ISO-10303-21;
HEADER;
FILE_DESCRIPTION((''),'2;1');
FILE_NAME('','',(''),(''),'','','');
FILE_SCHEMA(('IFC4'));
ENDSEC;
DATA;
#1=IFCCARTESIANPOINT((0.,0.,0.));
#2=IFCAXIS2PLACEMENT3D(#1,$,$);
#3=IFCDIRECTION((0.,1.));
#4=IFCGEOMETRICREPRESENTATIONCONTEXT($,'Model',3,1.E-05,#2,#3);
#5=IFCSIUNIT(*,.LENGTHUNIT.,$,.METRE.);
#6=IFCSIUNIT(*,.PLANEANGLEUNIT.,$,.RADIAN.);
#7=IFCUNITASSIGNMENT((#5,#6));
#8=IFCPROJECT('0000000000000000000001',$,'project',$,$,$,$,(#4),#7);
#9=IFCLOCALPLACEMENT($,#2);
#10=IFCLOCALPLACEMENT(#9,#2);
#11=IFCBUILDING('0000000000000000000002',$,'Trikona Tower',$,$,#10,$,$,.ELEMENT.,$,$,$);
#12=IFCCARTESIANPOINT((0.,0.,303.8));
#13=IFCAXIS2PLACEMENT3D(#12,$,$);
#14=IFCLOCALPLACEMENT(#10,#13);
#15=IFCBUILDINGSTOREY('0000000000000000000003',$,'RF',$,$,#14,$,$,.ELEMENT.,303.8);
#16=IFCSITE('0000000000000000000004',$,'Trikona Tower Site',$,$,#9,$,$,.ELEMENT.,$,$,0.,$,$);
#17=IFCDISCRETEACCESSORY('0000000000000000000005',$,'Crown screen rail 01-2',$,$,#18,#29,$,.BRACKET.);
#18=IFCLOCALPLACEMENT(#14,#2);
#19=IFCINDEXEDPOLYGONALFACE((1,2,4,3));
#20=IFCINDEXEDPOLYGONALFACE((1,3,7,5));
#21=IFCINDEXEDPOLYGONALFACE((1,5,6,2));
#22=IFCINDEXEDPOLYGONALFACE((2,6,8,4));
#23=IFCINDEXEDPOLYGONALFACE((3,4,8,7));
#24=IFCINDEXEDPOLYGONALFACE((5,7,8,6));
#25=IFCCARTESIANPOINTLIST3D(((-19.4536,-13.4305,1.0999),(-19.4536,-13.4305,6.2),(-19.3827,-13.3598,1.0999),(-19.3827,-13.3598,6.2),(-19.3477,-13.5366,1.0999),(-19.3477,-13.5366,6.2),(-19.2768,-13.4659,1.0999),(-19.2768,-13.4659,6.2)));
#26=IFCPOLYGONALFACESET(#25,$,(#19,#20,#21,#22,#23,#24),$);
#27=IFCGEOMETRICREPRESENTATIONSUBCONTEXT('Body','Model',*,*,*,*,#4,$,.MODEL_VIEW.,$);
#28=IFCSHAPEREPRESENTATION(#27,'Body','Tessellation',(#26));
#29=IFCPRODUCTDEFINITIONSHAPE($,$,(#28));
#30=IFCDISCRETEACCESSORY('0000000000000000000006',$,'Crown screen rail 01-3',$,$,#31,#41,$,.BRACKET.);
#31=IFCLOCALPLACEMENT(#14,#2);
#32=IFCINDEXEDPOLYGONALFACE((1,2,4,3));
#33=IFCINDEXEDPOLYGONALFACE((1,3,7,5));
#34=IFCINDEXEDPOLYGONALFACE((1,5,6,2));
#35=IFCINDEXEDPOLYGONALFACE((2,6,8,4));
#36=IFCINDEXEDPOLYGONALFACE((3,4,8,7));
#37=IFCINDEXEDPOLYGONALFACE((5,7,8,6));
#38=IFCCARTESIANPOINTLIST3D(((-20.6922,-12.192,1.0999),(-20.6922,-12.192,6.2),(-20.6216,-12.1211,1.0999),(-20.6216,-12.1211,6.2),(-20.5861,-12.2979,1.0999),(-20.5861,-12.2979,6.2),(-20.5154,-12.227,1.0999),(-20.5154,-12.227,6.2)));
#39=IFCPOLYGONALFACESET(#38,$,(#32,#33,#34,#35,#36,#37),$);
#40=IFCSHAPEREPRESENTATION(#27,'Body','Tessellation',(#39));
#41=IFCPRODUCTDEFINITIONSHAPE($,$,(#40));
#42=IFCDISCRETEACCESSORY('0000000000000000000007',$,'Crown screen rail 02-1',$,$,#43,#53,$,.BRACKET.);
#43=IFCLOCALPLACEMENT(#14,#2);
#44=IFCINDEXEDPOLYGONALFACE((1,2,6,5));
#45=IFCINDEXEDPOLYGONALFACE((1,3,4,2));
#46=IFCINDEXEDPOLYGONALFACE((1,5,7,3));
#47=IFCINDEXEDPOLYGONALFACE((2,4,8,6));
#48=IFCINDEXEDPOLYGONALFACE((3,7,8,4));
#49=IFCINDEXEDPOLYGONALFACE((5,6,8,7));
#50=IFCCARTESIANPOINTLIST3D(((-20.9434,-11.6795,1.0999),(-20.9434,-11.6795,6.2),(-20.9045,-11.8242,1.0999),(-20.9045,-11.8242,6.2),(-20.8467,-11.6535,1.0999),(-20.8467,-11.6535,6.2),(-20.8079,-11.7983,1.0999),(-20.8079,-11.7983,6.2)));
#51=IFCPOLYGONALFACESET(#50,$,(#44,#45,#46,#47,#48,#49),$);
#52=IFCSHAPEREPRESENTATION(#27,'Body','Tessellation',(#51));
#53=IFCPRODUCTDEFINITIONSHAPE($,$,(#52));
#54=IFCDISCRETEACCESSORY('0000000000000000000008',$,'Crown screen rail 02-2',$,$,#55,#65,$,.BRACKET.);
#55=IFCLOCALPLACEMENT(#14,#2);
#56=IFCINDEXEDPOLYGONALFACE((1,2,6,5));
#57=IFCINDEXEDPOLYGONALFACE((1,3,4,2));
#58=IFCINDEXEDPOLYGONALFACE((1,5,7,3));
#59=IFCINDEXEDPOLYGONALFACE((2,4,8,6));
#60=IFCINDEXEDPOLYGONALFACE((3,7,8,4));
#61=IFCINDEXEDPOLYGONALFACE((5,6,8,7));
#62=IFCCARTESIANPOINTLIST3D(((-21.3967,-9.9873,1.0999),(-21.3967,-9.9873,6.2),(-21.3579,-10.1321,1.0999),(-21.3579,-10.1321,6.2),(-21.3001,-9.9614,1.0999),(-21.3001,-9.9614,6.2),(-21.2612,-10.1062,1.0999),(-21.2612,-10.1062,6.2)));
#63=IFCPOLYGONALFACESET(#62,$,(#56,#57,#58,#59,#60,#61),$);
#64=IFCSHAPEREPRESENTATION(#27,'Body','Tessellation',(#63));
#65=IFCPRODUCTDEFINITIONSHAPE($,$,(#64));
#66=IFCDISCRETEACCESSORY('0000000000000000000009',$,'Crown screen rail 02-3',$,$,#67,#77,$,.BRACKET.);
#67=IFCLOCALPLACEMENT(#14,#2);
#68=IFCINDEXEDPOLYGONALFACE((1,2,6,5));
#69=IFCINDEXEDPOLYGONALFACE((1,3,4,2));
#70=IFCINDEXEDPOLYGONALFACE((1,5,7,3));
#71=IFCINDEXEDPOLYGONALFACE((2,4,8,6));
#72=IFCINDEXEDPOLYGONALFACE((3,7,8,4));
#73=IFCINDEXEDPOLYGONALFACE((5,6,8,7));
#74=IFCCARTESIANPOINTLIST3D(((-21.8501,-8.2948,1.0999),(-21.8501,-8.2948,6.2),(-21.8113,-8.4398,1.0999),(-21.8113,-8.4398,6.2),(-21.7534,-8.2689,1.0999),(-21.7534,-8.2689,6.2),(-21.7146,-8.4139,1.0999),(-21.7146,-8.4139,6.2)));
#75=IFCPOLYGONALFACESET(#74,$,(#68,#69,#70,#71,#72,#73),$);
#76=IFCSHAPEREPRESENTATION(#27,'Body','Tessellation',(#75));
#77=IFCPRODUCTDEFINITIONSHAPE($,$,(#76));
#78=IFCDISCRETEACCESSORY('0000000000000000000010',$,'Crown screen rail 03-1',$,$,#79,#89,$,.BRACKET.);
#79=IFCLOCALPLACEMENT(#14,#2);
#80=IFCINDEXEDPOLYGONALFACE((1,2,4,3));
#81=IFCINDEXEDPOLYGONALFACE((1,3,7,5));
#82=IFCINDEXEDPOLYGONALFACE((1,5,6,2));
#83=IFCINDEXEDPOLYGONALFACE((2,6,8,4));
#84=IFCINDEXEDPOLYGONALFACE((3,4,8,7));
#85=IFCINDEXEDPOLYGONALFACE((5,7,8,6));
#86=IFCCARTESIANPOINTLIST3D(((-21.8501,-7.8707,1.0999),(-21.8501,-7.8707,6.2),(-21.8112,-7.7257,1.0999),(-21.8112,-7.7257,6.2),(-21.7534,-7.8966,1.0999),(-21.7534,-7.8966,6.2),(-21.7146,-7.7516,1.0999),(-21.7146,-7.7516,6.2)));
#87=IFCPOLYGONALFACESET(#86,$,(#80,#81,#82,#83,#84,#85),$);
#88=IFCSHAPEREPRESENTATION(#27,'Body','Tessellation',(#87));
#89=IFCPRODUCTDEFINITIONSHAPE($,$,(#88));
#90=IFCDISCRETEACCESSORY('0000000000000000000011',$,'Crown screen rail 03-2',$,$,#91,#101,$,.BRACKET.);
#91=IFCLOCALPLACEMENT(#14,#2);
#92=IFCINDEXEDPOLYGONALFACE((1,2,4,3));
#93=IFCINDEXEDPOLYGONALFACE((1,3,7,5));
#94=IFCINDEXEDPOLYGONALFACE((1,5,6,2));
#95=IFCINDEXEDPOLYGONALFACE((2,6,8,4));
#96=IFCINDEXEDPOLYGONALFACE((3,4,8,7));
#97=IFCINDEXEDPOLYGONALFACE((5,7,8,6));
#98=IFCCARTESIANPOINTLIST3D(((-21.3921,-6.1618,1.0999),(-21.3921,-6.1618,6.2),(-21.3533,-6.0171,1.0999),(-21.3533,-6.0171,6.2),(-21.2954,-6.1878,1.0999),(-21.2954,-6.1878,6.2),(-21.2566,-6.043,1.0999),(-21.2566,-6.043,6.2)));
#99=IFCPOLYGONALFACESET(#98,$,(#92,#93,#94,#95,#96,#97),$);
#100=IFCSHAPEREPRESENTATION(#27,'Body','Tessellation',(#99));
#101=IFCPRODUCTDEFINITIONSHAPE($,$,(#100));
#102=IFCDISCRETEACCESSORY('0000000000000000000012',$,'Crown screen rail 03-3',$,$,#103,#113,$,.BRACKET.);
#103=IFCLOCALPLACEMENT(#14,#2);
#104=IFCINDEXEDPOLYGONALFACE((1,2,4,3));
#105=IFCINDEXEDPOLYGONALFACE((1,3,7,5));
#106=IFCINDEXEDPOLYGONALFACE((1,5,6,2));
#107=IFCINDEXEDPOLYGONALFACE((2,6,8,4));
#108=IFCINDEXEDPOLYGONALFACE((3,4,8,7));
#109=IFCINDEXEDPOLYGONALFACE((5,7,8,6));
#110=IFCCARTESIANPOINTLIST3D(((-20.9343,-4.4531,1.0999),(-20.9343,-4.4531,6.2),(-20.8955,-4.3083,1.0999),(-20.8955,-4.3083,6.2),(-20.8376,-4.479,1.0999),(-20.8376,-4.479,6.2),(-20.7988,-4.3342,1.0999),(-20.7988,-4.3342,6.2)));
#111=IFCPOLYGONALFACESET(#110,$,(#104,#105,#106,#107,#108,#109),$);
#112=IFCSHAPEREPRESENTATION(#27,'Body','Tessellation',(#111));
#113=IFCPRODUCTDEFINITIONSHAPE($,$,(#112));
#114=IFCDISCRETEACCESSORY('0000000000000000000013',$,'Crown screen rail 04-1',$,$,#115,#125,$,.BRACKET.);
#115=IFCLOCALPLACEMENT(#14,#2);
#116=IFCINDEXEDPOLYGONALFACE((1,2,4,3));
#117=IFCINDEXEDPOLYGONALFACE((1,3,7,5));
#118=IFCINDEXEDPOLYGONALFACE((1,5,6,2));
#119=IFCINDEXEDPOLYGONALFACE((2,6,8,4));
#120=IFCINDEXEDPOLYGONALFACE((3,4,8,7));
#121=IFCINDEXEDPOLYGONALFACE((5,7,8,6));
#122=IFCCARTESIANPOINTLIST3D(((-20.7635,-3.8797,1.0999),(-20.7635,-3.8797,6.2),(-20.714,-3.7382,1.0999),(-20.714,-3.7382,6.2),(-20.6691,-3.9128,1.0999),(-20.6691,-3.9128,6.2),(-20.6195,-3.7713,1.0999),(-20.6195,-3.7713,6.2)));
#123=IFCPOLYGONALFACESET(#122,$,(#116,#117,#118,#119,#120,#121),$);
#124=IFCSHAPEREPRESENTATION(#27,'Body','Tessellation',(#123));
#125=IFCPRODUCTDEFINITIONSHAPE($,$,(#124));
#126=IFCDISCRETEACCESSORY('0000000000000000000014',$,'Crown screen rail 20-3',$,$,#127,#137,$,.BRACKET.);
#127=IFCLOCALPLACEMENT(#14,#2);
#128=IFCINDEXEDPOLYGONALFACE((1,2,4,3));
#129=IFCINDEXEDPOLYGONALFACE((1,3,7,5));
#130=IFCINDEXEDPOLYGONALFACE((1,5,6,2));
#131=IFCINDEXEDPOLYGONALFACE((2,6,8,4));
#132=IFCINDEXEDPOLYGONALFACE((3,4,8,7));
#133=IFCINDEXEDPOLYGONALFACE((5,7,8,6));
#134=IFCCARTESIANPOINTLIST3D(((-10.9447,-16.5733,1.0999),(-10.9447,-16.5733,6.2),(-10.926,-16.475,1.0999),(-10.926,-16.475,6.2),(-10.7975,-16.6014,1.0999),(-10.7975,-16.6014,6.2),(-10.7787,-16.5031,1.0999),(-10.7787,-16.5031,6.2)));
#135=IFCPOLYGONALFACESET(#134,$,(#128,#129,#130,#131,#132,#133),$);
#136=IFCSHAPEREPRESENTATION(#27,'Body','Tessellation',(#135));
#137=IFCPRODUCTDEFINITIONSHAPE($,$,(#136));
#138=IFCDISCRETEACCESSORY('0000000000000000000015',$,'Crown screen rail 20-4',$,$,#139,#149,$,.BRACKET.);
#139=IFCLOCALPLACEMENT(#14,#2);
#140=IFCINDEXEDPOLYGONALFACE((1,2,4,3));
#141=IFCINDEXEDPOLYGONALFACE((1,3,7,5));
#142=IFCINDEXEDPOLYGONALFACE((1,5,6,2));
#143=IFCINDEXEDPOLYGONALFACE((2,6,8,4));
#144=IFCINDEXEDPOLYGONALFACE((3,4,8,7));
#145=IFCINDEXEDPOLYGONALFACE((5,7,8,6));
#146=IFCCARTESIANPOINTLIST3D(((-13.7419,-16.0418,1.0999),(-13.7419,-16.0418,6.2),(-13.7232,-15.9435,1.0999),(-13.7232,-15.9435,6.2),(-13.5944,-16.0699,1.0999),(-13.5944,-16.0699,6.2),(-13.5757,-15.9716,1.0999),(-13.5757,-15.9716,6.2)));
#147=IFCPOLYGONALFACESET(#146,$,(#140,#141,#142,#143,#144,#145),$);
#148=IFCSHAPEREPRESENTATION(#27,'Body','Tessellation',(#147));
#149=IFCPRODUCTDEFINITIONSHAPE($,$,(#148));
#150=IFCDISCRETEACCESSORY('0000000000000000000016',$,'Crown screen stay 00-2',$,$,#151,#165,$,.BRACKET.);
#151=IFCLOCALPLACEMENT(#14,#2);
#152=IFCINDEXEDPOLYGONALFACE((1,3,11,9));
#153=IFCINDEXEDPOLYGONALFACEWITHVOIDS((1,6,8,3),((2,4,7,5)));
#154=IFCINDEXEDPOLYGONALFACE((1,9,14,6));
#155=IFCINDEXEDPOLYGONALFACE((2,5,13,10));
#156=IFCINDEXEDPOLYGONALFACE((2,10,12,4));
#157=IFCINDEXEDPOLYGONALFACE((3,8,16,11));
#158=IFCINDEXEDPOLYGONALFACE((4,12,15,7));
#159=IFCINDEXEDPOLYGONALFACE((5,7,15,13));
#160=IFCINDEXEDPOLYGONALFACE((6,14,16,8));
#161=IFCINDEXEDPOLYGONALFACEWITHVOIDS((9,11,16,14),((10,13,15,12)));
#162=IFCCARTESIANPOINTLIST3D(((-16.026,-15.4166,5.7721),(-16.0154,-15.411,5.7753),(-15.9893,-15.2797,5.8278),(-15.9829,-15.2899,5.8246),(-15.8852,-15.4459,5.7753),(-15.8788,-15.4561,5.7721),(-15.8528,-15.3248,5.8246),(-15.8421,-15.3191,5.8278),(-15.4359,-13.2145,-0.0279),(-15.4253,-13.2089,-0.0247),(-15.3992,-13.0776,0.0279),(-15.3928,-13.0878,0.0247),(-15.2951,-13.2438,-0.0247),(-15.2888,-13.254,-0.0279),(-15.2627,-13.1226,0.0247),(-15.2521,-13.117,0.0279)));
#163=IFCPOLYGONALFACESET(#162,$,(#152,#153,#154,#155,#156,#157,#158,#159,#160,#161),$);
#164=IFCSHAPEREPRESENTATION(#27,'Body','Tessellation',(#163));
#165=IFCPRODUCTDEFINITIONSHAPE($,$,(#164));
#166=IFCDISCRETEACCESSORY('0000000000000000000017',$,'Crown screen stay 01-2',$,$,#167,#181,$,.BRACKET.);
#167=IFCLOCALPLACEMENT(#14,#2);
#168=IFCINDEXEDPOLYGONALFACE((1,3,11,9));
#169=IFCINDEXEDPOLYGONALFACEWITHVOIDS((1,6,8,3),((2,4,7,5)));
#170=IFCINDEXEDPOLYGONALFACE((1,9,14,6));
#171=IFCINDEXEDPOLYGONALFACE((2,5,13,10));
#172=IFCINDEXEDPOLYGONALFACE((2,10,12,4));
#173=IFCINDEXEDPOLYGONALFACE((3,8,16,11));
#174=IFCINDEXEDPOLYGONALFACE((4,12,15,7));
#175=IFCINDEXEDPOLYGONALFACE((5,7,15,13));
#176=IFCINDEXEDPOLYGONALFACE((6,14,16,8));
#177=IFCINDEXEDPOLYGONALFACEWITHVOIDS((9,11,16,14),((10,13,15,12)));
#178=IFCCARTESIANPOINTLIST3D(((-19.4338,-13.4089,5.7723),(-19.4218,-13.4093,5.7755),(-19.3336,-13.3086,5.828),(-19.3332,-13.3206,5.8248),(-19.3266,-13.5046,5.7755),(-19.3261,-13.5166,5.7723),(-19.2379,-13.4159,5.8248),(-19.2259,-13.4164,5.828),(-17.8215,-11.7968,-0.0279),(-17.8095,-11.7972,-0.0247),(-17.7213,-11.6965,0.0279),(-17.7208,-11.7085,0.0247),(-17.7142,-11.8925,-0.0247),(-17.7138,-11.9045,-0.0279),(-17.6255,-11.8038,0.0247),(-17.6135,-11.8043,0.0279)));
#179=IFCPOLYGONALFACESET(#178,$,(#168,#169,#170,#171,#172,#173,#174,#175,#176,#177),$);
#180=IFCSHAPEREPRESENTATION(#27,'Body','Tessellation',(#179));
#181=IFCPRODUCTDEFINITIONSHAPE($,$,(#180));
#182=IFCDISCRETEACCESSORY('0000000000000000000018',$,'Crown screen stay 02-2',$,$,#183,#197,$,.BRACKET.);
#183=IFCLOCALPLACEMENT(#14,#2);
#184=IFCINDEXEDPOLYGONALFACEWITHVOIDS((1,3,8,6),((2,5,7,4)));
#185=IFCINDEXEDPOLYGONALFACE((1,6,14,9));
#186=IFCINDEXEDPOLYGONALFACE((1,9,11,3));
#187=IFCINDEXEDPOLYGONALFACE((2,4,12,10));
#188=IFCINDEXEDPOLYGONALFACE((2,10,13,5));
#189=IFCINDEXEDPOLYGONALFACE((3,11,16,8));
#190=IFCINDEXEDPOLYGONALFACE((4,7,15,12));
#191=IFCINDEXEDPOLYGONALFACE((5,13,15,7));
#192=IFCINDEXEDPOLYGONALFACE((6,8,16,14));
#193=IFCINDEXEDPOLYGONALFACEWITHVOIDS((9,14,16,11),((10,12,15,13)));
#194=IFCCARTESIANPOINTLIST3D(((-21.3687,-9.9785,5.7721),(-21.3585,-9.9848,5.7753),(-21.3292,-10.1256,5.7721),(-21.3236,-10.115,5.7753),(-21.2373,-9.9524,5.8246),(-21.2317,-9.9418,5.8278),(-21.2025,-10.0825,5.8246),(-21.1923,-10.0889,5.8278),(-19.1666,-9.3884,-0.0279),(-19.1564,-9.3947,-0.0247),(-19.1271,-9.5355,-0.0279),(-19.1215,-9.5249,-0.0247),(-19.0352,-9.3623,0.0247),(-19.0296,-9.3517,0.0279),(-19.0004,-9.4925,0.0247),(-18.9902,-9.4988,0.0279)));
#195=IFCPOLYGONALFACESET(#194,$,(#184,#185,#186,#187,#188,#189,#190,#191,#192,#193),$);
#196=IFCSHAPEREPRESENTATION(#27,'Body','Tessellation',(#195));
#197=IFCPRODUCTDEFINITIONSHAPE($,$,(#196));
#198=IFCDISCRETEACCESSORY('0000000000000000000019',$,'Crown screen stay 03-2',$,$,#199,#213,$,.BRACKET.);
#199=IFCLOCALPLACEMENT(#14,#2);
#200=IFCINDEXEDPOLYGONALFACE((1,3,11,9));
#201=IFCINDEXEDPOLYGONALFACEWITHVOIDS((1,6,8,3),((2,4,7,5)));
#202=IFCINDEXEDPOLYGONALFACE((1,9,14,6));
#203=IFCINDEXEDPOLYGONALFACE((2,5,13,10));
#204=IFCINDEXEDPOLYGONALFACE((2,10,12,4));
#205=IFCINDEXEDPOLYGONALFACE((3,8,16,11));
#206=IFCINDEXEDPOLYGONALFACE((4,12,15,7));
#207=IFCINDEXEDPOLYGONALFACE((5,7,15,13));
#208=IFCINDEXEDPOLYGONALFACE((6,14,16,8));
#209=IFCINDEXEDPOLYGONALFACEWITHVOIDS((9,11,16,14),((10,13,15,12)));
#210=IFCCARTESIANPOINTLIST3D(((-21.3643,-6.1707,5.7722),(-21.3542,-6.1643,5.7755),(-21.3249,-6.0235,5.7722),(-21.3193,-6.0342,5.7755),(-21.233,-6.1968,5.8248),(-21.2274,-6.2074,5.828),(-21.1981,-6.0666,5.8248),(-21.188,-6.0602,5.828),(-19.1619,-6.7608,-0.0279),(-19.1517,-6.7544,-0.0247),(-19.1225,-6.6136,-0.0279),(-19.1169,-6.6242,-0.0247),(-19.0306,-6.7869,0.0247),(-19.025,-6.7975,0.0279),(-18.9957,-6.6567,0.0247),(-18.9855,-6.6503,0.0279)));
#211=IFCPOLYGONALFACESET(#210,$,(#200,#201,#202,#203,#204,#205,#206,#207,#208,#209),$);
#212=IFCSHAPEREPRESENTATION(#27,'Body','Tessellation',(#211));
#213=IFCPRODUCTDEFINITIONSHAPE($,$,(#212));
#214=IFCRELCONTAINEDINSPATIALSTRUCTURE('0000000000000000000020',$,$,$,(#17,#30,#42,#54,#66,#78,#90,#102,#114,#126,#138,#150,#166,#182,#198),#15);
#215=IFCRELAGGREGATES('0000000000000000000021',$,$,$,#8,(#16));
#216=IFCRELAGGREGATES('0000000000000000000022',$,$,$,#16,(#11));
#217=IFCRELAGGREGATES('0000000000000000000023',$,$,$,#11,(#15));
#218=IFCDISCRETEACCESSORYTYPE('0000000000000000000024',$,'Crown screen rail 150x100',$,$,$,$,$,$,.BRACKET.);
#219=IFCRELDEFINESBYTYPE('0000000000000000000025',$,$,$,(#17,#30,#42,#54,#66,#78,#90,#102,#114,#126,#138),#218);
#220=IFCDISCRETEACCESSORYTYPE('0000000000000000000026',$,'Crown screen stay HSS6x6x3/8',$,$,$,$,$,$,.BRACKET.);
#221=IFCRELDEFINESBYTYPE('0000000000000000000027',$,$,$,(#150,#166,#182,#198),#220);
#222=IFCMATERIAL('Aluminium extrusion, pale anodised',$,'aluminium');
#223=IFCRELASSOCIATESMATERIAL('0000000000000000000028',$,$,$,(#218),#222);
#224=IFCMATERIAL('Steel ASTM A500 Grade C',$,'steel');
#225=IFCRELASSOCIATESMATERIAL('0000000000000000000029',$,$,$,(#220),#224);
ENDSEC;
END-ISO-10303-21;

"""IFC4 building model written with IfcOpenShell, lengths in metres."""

from ifc_helpers import new_model, si_unit, direction, frame, frame_2d, origin, origin_2d, place, context, subcontext, project, spatial, rectangle, hollow_rectangle, extrude, material, material_profile, profile_set, type_object, element, save


model = new_model("IFC4")

# Units and contexts
model_context = context("Model", 3, precision=1e-05, world=origin(), true_north=direction((0.0, 1.0)))
body_context = subcontext(model_context, "Body", "Model", "MODEL_VIEW")
ifc_project = project(units=[si_unit("LENGTHUNIT", "METRE"), si_unit("PLANEANGLEUNIT", "RADIAN")], contexts=[model_context])

# Site, building, storey
site_placement = place(None, origin())
site = spatial("IfcSite", under=ifc_project, at=site_placement, Name="Trikona Tower Site", CompositionType="ELEMENT", RefElevation=0.0)
building_placement = place(site_placement, origin())
building = spatial("IfcBuilding", under=site, at=building_placement, Name="Trikona Tower", CompositionType="ELEMENT")
storey_placement = place(building_placement, frame((0.0, 0.0, 303.8)))
storey = spatial("IfcBuildingStorey", under=building, at=storey_placement, Name="RF", CompositionType="ELEMENT", Elevation=303.8)

# Discrete accessories
ifc_material_1 = material(Name="Aluminium extrusion, pale anodised", Category="aluminium")
discrete_accessory_type_1 = type_object("IfcDiscreteAccessoryType", Name="Crown screen rail 150x100", PredefinedType="BRACKET", material=ifc_material_1)
for number, where, z_axis, x_axis, name in (
    (1, (-19.3123, -13.5012, 1.0999), (0.0, 0.0, 1.0), (-0.706293, 0.70792, 0.0), "Crown screen rail 01-2"),
    (2, (-20.5508, -12.2625, 1.0999), (0.0, 0.0, 1.0), (-0.70792, 0.706293, 0.0), "Crown screen rail 01-3"),
    (3, (-20.8562, -11.8113, 1.0999), (0.0, 0.0, 1.0), (-0.25898, 0.965883, 0.0), "Crown screen rail 02-1"),
    (4, (-21.3096, -10.1191, 1.0999), (0.0, 0.0, 1.0), (-0.25898, 0.965883, 0.0), "Crown screen rail 02-2"),
):
    element("IfcDiscreteAccessory", number, at=place(storey_placement, frame(where, z_axis=z_axis, x_axis=x_axis)), inside=storey, type_object=discrete_accessory_type_1, Name=name, PredefinedType="BRACKET", context=body_context, shape_type="SweptSolid", body=[
        extrude(rectangle(XDim=0.1499, YDim=0.1001, at=frame_2d((0.075, 0.0))), origin(), (0.0, 0.0, 1.0), 5.1001),
    ])
for number, where, z_axis, x_axis, name in (
    (5, (-21.7629, -8.427, 1.0999), (0.0, 0.0, 1.0), (-0.258574, 0.965992, 0.0), "Crown screen rail 02-3"),
    (6, (-21.8018, -7.8838, 1.0999), (0.0, 0.0, 1.0), (0.258574, 0.965992, 0.0), "Crown screen rail 03-1"),
):
    element("IfcDiscreteAccessory", number, at=place(storey_placement, frame(where, z_axis=z_axis, x_axis=x_axis)), inside=storey, type_object=discrete_accessory_type_1, Name=name, PredefinedType="BRACKET", context=body_context, shape_type="SweptSolid", body=[
        extrude(rectangle(XDim=0.1501, YDim=0.1001, at=frame_2d((0.0752, 0.0))), origin(), (0.0, 0.0, 1.0), 5.1001),
    ])
for number, where, z_axis, x_axis, name in (
    (7, (-21.3438, -6.1748, 1.0999), (0.0, 0.0, 1.0), (0.25898, 0.965883, 0.0), "Crown screen rail 03-2"),
    (8, (-20.886, -4.4661, 1.0999), (0.0, 0.0, 1.0), (0.25898, 0.965883, 0.0), "Crown screen rail 03-3"),
    (9, (-20.7163, -3.8962, 1.0999), (0.0, 0.0, 1.0), (0.33035, 0.943858, 0.0), "Crown screen rail 04-1"),
    (10, (-10.7881, -16.5522, 1.0999), (0.0, 0.0, 1.0), (-0.982296, 0.187337, 0.0), "Crown screen rail 20-3"),
):
    element("IfcDiscreteAccessory", number, at=place(storey_placement, frame(where, z_axis=z_axis, x_axis=x_axis)), inside=storey, type_object=discrete_accessory_type_1, Name=name, PredefinedType="BRACKET", context=body_context, shape_type="SweptSolid", body=[
        extrude(rectangle(XDim=0.1499, YDim=0.1001, at=frame_2d((0.075, 0.0))), origin(), (0.0, 0.0, 1.0), 5.1001),
    ])
discrete_accessory_1_placement = place(storey_placement, frame((-13.585, -16.0208, 1.0999), z_axis=(0.0, 0.0, 1.0), x_axis=(-0.982353, 0.187037, 0.0)))
element("IfcDiscreteAccessory", 11, at=discrete_accessory_1_placement, inside=storey, type_object=discrete_accessory_type_1, Name="Crown screen rail 20-4", PredefinedType="BRACKET", context=body_context, shape_type="SweptSolid", body=[
    extrude(rectangle(XDim=0.1501, YDim=0.1001, at=frame_2d((0.0752, 0.0))), origin(), (0.0, 0.0, 1.0), 5.1001),
])
ifc_material_2 = material(Name="Steel ASTM A500 Grade C", Category="steel")
ifc_material_profile_1 = material_profile(ifc_material_2, hollow_rectangle(XDim=0.1523, YDim=0.1523, WallThickness=0.0088, at=origin_2d()), Name="HSS6X6X3/8")
ifc_profile_set_1 = profile_set([ifc_material_profile_1], Name="Steel ASTM A500 Grade C")
discrete_accessory_type_2 = type_object("IfcDiscreteAccessoryType", Name="Crown screen stay HSS6x6x3/8", PredefinedType="BRACKET", material=ifc_profile_set_1)
discrete_accessory_2_placement = place(storey_placement, frame((-15.344, -13.1658, 0.0), z_axis=(-0.094686, -0.35336, 0.930683), x_axis=(0.965923, -0.258829, 0.0)))
element("IfcDiscreteAccessory", 12, at=discrete_accessory_2_placement, inside=storey, type_object=discrete_accessory_type_2, Name="Crown screen stay 00-2", PredefinedType="BRACKET", context=body_context, shape_type="SweptSolid", body=[
    extrude(hollow_rectangle(XDim=0.1523, YDim=0.1523, WallThickness=0.0088, at=origin_2d()), origin(), (0.0, 0.0, 1.0), 6.2319),
])
discrete_accessory_3_placement = place(storey_placement, frame((-17.7175, -11.8005, 0.0), z_axis=(-0.25871, -0.258671, 0.930676), x_axis=(0.707053, -0.70716, 0.0)))
element("IfcDiscreteAccessory", 13, at=discrete_accessory_3_placement, inside=storey, type_object=discrete_accessory_type_2, Name="Crown screen stay 01-2", PredefinedType="BRACKET", context=body_context, shape_type="SweptSolid", body=[
    extrude(hollow_rectangle(XDim=0.1523, YDim=0.1523, WallThickness=0.0088, at=origin_2d()), origin(), (0.0, 0.0, 1.0), 6.2322),
])
discrete_accessory_4_placement = place(storey_placement, frame((-19.0784, -9.4436, 0.0), z_axis=(-0.35336, -0.094686, 0.930683), x_axis=(0.258829, -0.965923, 0.0)))
element("IfcDiscreteAccessory", 14, at=discrete_accessory_4_placement, inside=storey, type_object=discrete_accessory_type_2, Name="Crown screen stay 02-2", PredefinedType="BRACKET", context=body_context, shape_type="SweptSolid", body=[
    extrude(hollow_rectangle(XDim=0.1523, YDim=0.1523, WallThickness=0.0088, at=origin_2d()), origin(), (0.0, 0.0, 1.0), 6.2319),
])
for number, where, z_axis, x_axis, name in (
    (15, (-19.0737, -6.7056, 0.0), (-0.353394, 0.094685, 0.93067), (-0.258802, -0.96593, 0.0), "Crown screen stay 03-2"),
):
    element("IfcDiscreteAccessory", number, at=place(storey_placement, frame(where, z_axis=z_axis, x_axis=x_axis)), inside=storey, type_object=discrete_accessory_type_2, Name=name, PredefinedType="BRACKET", context=body_context, shape_type="SweptSolid", body=[
        extrude(hollow_rectangle(XDim=0.1523, YDim=0.1523, WallThickness=0.0088, at=origin_2d()), origin(), (0.0, 0.0, 1.0), 6.2322),
    ])

save(model, "model.ifc")
